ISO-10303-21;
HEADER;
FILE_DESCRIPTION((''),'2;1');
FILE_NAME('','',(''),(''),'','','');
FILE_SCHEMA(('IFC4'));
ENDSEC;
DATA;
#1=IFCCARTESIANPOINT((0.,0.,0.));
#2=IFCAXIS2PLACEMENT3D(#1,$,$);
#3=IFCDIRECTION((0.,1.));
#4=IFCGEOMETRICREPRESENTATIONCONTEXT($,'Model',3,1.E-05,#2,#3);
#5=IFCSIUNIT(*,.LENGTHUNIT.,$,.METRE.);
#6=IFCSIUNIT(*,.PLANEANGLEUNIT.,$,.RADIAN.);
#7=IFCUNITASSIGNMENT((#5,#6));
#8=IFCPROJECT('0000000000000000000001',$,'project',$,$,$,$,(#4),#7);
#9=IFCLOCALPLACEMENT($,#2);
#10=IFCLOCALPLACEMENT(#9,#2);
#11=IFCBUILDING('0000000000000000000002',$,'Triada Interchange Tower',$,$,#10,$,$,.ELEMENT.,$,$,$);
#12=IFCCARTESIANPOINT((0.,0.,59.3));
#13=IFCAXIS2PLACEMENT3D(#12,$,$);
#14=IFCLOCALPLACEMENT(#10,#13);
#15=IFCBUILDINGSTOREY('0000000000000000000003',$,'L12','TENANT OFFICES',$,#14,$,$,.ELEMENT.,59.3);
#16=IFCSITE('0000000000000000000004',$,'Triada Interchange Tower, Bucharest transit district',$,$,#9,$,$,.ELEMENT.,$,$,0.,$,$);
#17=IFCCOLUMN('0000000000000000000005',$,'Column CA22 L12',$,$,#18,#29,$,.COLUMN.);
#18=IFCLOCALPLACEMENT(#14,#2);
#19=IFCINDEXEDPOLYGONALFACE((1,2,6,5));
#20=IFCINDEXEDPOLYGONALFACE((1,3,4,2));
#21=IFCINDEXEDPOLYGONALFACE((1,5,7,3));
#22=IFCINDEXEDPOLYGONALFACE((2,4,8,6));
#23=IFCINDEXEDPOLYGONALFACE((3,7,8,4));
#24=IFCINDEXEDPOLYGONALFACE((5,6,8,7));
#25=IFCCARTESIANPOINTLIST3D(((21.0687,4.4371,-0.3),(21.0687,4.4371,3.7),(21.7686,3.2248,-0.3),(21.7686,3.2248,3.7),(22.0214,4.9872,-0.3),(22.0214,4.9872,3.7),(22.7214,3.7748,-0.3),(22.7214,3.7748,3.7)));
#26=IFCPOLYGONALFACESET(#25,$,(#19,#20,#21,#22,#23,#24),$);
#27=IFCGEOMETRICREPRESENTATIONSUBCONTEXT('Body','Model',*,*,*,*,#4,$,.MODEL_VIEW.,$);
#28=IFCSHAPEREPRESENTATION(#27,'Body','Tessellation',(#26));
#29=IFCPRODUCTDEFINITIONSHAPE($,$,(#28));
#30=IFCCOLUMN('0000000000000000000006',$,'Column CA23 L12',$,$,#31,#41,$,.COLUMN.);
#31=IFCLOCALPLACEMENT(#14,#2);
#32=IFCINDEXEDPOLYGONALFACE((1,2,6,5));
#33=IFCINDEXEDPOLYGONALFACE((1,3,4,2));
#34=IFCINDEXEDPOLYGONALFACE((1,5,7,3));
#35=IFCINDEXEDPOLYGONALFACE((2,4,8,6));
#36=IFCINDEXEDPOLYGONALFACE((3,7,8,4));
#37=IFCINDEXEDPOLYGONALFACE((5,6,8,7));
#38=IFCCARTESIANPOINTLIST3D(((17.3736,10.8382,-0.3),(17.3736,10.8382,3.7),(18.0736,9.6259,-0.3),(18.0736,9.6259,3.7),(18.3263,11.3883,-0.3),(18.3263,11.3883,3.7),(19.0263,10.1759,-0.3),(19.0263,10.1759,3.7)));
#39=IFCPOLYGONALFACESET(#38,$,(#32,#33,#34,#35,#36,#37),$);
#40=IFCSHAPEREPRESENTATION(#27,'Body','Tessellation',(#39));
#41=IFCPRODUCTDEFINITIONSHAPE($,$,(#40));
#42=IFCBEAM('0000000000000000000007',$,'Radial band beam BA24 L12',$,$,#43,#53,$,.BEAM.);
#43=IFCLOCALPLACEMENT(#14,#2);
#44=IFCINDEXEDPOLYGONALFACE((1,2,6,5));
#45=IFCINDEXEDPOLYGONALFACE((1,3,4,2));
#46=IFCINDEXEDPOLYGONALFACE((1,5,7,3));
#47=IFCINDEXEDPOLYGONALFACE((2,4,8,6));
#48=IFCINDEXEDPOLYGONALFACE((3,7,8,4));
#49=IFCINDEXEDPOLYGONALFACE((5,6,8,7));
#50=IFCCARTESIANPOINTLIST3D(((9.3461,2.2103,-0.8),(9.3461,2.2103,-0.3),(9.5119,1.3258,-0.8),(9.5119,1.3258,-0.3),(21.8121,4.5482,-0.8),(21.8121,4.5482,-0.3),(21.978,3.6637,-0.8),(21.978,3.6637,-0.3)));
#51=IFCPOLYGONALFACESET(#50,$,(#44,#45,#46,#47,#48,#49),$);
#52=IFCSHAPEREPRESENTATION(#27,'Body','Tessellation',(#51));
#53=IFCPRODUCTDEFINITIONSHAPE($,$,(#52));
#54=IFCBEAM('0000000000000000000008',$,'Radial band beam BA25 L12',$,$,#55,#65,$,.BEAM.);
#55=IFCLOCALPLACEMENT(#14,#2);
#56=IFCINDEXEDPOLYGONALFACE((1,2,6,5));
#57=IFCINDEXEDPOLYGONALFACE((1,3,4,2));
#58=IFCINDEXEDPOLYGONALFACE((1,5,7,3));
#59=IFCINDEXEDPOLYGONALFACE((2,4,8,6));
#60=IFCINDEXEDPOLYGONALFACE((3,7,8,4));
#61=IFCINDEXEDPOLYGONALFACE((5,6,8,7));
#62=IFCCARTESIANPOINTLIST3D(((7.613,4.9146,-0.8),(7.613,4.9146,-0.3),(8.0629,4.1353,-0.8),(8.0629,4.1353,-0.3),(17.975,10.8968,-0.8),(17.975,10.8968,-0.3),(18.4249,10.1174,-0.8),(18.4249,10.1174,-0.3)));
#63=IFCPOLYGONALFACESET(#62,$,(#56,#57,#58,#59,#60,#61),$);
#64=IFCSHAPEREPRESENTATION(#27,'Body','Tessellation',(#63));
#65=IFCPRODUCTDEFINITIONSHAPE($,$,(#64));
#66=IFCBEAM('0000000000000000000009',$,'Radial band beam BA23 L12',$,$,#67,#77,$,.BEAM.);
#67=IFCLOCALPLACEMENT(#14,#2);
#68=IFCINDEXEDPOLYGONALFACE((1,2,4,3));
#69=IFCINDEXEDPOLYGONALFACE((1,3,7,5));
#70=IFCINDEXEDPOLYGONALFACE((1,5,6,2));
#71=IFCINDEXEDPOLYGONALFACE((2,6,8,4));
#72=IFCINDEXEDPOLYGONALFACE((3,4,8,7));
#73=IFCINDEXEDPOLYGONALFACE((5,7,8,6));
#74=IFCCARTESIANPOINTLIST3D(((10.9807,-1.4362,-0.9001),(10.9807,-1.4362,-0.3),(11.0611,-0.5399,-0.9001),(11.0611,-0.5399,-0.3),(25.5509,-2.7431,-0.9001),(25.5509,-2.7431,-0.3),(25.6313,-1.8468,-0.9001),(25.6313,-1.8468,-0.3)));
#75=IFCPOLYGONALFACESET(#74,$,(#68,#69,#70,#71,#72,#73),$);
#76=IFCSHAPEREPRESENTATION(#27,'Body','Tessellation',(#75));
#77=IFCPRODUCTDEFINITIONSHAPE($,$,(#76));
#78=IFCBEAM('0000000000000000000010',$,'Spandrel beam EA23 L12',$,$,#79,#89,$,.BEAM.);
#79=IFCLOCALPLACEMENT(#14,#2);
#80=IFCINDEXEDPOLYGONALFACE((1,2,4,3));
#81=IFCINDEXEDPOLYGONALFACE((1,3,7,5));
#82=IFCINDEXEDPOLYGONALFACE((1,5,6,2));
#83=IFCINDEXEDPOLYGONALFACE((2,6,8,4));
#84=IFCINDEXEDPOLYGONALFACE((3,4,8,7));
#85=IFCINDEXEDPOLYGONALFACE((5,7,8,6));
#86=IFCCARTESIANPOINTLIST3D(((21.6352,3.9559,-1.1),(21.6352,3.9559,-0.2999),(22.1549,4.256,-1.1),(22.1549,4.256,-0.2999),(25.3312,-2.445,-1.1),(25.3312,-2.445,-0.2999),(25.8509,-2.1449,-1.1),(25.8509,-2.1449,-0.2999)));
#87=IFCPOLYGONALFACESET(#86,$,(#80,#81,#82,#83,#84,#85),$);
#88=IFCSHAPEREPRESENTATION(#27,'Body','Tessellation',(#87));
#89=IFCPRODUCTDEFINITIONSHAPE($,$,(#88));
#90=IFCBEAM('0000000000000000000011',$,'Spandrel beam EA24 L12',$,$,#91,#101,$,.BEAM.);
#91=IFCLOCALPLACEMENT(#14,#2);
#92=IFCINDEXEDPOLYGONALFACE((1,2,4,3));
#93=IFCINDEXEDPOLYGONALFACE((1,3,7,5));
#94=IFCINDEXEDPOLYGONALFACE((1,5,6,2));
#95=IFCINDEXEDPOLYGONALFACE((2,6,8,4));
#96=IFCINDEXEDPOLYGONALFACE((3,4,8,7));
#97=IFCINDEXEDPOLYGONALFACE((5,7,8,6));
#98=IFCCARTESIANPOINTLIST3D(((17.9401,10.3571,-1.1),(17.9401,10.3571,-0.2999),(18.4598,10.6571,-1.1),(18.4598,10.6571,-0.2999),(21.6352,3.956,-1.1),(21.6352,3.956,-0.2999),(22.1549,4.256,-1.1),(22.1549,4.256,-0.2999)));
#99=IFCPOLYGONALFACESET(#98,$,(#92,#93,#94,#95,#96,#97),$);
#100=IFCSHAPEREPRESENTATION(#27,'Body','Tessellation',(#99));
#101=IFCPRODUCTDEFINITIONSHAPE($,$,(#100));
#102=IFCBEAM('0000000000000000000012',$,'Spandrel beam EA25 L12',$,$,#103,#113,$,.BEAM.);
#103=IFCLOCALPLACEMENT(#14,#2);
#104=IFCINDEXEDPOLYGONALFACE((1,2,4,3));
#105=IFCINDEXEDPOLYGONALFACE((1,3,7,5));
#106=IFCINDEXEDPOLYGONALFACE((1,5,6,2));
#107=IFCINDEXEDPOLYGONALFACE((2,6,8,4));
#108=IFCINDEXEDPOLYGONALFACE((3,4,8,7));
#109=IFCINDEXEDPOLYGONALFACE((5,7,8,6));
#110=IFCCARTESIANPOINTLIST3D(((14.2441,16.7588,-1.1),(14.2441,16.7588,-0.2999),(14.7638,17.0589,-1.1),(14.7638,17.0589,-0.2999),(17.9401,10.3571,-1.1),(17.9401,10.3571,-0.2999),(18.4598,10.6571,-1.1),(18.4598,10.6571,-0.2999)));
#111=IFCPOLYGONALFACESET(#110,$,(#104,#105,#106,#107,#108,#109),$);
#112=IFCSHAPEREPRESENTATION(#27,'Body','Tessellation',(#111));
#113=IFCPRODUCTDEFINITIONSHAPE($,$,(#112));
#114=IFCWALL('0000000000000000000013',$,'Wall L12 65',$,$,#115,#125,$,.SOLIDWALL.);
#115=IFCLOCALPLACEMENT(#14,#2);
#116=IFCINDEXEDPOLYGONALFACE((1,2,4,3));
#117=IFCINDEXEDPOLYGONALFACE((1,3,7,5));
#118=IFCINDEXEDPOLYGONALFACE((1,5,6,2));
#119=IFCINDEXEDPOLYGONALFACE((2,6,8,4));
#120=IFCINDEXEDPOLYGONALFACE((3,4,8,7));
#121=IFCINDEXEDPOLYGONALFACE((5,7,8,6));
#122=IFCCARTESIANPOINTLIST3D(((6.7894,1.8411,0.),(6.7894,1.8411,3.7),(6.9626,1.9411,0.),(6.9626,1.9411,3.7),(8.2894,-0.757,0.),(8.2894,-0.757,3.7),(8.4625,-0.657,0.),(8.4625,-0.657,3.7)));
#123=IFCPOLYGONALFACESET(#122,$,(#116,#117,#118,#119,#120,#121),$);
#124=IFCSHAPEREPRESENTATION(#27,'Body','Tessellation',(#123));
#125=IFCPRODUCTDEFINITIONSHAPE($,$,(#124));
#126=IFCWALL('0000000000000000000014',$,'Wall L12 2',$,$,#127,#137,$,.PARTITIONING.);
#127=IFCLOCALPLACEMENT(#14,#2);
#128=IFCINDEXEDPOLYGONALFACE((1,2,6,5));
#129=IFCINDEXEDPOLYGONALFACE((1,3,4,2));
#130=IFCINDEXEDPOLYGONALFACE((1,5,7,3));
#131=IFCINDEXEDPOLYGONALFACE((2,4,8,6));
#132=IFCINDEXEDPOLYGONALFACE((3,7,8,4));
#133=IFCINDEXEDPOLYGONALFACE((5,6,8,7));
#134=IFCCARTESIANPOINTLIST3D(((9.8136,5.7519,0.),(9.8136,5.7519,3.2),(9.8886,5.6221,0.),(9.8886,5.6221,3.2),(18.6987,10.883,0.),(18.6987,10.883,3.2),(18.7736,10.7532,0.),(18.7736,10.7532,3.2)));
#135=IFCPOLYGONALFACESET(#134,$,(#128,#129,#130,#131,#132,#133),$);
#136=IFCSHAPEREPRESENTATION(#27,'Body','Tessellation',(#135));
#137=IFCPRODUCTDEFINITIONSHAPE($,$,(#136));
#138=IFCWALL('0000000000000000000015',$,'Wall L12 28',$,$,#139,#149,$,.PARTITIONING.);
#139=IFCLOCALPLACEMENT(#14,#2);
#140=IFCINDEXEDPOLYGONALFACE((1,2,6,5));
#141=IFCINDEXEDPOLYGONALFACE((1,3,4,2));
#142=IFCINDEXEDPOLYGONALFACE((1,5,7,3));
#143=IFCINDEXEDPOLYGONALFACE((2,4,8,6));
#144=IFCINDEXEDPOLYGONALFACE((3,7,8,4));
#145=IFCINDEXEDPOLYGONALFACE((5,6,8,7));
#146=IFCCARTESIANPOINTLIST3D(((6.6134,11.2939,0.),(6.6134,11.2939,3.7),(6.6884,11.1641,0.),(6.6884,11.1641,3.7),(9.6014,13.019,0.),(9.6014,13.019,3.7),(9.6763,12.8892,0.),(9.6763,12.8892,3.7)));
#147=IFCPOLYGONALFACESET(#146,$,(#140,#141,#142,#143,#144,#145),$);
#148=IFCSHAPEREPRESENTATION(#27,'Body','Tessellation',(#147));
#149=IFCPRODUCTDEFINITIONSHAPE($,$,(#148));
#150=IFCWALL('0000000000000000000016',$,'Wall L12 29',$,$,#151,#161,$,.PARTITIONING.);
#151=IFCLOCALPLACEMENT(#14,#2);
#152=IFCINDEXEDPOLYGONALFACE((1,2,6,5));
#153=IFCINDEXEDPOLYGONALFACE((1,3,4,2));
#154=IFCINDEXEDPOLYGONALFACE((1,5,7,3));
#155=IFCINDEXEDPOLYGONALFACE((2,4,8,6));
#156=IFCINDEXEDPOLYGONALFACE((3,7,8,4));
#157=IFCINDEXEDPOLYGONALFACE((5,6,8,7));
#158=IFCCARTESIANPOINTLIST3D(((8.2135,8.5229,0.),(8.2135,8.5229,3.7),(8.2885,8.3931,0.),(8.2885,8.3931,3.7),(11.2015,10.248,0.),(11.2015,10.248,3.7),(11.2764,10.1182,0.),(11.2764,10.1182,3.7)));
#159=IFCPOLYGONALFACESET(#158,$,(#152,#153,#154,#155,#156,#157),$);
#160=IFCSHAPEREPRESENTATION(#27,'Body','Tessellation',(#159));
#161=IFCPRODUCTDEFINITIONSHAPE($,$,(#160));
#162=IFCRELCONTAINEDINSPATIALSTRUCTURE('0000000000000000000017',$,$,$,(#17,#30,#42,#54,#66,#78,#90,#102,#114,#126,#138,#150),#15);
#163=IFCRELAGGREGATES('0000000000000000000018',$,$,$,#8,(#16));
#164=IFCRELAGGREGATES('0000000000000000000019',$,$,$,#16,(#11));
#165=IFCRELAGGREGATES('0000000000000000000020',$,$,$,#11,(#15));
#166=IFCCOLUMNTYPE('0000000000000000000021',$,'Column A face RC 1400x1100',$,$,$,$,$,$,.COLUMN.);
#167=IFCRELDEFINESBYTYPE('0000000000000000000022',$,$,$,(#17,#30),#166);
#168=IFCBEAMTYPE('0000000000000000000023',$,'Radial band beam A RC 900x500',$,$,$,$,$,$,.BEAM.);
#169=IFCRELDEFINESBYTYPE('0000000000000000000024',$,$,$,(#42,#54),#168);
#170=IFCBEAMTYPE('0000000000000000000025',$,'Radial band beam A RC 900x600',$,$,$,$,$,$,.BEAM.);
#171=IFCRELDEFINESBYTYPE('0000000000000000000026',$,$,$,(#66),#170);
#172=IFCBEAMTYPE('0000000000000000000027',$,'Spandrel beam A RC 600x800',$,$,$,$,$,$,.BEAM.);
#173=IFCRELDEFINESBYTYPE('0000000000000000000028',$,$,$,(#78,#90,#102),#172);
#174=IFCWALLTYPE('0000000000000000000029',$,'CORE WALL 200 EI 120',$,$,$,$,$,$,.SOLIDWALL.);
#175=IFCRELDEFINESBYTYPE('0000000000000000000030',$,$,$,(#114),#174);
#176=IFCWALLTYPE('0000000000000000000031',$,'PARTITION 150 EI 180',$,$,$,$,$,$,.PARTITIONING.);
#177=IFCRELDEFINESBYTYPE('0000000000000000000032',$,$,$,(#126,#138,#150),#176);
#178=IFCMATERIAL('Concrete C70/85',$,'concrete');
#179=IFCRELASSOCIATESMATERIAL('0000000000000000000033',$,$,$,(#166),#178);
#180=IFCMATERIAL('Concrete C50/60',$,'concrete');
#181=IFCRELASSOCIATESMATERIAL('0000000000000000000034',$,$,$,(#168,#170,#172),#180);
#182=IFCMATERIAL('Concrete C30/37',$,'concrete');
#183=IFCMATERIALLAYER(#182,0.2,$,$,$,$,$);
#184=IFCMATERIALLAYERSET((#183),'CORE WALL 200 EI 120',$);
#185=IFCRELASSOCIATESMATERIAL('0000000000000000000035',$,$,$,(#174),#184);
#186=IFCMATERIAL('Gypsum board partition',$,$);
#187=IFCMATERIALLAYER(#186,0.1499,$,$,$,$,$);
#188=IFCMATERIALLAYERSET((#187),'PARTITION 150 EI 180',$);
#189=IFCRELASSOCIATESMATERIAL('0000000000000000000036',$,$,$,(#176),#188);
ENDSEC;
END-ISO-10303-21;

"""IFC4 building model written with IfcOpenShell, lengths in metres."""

from ifc_helpers import new_model, si_unit, direction, frame, frame_2d, origin, origin_2d, place, context, subcontext, project, spatial, rectangle, extrude, material, layer, layer_set, material_profile, profile_set, type_object, element, save


model = new_model("IFC4")

# Units and contexts
model_context = context("Model", 3, precision=1e-05, world=origin(), true_north=direction((0.0, 1.0)))
body_context = subcontext(model_context, "Body", "Model", "MODEL_VIEW")
ifc_project = project(units=[si_unit("LENGTHUNIT", "METRE"), si_unit("PLANEANGLEUNIT", "RADIAN")], contexts=[model_context])

# Site, building, storey
site_placement = place(None, origin())
site = spatial("IfcSite", under=ifc_project, at=site_placement, Name="Triada Interchange Tower, Bucharest transit district", CompositionType="ELEMENT", RefElevation=0.0)
building_placement = place(site_placement, origin())
building = spatial("IfcBuilding", under=site, at=building_placement, Name="Triada Interchange Tower", CompositionType="ELEMENT")
storey_placement = place(building_placement, frame((0.0, 0.0, 59.3)))
storey = spatial("IfcBuildingStorey", under=building, at=storey_placement, Name="L12", Description="TENANT OFFICES", CompositionType="ELEMENT", Elevation=59.3)

# Columns
ifc_material_1 = material(Name="Concrete C70/85", Category="concrete")
ifc_material_profile_1 = material_profile(ifc_material_1, rectangle(XDim=1.3999, YDim=1.1001, at=origin_2d()), Name="RC 1400x1100")
ifc_profile_set_1 = profile_set([ifc_material_profile_1], Name="Concrete C70/85")
column_type = type_object("IfcColumnType", Name="Column A face RC 1400x1100", PredefinedType="COLUMN", material=ifc_profile_set_1)
for number, where, z_axis, x_axis, name in (
    (1, (21.895, 4.106, -0.3), (0.0, 0.0, 1.0), (-0.5, 0.866025, 0.0), "Column CA22 L12"),
    (2, (18.2, 10.5071, -0.3), (0.0, 0.0, 1.0), (-0.5, 0.866025, 0.0), "Column CA23 L12"),
):
    element("IfcColumn", number, at=place(storey_placement, frame(where, z_axis=z_axis, x_axis=x_axis)), inside=storey, type_object=column_type, Name=name, PredefinedType="COLUMN", context=body_context, shape_type="SweptSolid", body=[
        extrude(rectangle(XDim=1.3999, YDim=1.1001, at=origin_2d()), origin(), (0.0, 0.0, 1.0), 4.0),
    ])

# Beams
ifc_material_2 = material(Name="Concrete C50/60", Category="concrete")
ifc_material_profile_2 = material_profile(ifc_material_2, rectangle(XDim=0.8999, YDim=0.5, at=origin_2d()), Name="RC 900x500")
ifc_profile_set_2 = profile_set([ifc_material_profile_2], Name="Concrete C50/60")
beam_type_1 = type_object("IfcBeamType", Name="Radial band beam A RC 900x500", PredefinedType="BEAM", material=ifc_profile_set_2)
beam_1_placement = place(storey_placement, frame((21.895, 4.106, -0.55), z_axis=(-0.982865, -0.184327, 0.0), x_axis=(0.184327, -0.982865, 0.0)))
element("IfcBeam", 3, at=beam_1_placement, inside=storey, type_object=beam_type_1, Name="Radial band beam BA24 L12", PredefinedType="BEAM", context=body_context, shape_type="SweptSolid", body=[
    extrude(rectangle(XDim=0.8999, YDim=0.5, at=origin_2d()), origin(), (0.0, 0.0, 1.0), 12.6833),
])
beam_2_placement = place(storey_placement, frame((18.2, 10.5071, -0.55), z_axis=(-0.866038, -0.499977, 0.0), x_axis=(0.499977, -0.866038, 0.0)))
element("IfcBeam", 4, at=beam_2_placement, inside=storey, type_object=beam_type_1, Name="Radial band beam BA25 L12", PredefinedType="BEAM", context=body_context, shape_type="SweptSolid", body=[
    extrude(rectangle(XDim=0.8999, YDim=0.5, at=origin_2d()), origin(), (0.0, 0.0, 1.0), 11.9648),
])
ifc_material_profile_3 = material_profile(ifc_material_2, rectangle(XDim=0.8999, YDim=0.6001, at=origin_2d()), Name="RC 900x600")
ifc_profile_set_3 = profile_set([ifc_material_profile_3], Name="Concrete C50/60")
beam_type_2 = type_object("IfcBeamType", Name="Radial band beam A RC 900x600", PredefinedType="BEAM", material=ifc_profile_set_3)
beam_3_placement = place(storey_placement, frame((25.5911, -2.2949, -0.6001), z_axis=(-0.996001, 0.089338, 0.0), x_axis=(-0.089338, -0.996001, 0.0)))
element("IfcBeam", 5, at=beam_3_placement, inside=storey, type_object=beam_type_2, Name="Radial band beam BA23 L12", PredefinedType="BEAM", context=body_context, shape_type="SweptSolid", body=[
    extrude(rectangle(XDim=0.8999, YDim=0.6001, at=origin_2d()), origin(), (0.0, 0.0, 1.0), 14.6287),
])
ifc_material_profile_4 = material_profile(ifc_material_2, rectangle(XDim=0.6001, YDim=0.8, at=origin_2d()), Name="RC 600x800")
ifc_profile_set_4 = profile_set([ifc_material_profile_4], Name="Concrete C50/60")
beam_type_3 = type_object("IfcBeamType", Name="Spandrel beam A RC 600x800", PredefinedType="BEAM", material=ifc_profile_set_4)
beam_4_placement = place(storey_placement, frame((25.5911, -2.2949, -0.7), z_axis=(-0.50005, 0.865996, 0.0), x_axis=(-0.865996, -0.50005, 0.0)))
element("IfcBeam", 6, at=beam_4_placement, inside=storey, type_object=beam_type_3, Name="Spandrel beam EA23 L12", PredefinedType="BEAM", context=body_context, shape_type="SweptSolid", body=[
    extrude(rectangle(XDim=0.6001, YDim=0.8, at=origin_2d()), origin(), (0.0, 0.0, 1.0), 7.3914),
])
beam_5_placement = place(storey_placement, frame((21.895, 4.106, -0.7), z_axis=(-0.499937, 0.866062, 0.0), x_axis=(-0.866062, -0.499937, 0.0)))
element("IfcBeam", 7, at=beam_5_placement, inside=storey, type_object=beam_type_3, Name="Spandrel beam EA24 L12", PredefinedType="BEAM", context=body_context, shape_type="SweptSolid", body=[
    extrude(rectangle(XDim=0.6001, YDim=0.8, at=origin_2d()), origin(), (0.0, 0.0, 1.0), 7.3911),
])
beam_6_placement = place(storey_placement, frame((18.2, 10.5071, -0.7), z_axis=(-0.499993, 0.866029, 0.0), x_axis=(-0.866029, -0.499993, 0.0)))
element("IfcBeam", 8, at=beam_6_placement, inside=storey, type_object=beam_type_3, Name="Spandrel beam EA25 L12", PredefinedType="BEAM", context=body_context, shape_type="SweptSolid", body=[
    extrude(rectangle(XDim=0.6001, YDim=0.8, at=origin_2d()), origin(), (0.0, 0.0, 1.0), 7.3921),
])

# Walls
ifc_material_3 = material(Name="Concrete C30/37", Category="concrete")
ifc_layer_1 = layer(ifc_material_3, 0.2)
ifc_layer_set_1 = layer_set([ifc_layer_1], Name="CORE WALL 200 EI 120")
wall_type_1 = type_object("IfcWallType", Name="CORE WALL 200 EI 120", PredefinedType="SOLIDWALL", material=ifc_layer_set_1)
wall_1_placement = place(storey_placement, frame((6.876, 1.8911, 0.0), z_axis=(0.0, 0.0, 1.0), x_axis=(0.49999, -0.866031, 0.0)))
element("IfcWall", 9, at=wall_1_placement, inside=storey, type_object=wall_type_1, Name="Wall L12 65", PredefinedType="SOLIDWALL", context=body_context, shape_type="SweptSolid", body=[
    extrude(rectangle(XDim=3.0, YDim=0.2, at=frame_2d((1.5, 0.0))), origin(), (0.0, 0.0, 1.0), 3.7),
])
ifc_material_4 = material(Name="Gypsum board partition")
ifc_layer_2 = layer(ifc_material_4, 0.1499)
ifc_layer_set_2 = layer_set([ifc_layer_2], Name="PARTITION 150 EI 180")
wall_type_2 = type_object("IfcWallType", Name="PARTITION 150 EI 180", PredefinedType="PARTITIONING", material=ifc_layer_set_2)
wall_2_placement = place(storey_placement, frame((9.8511, 5.687, 0.0), z_axis=(0.0, 0.0, 1.0), x_axis=(0.865969, 0.500098, 0.0)))
element("IfcWall", 10, at=wall_2_placement, inside=storey, type_object=wall_type_2, Name="Wall L12 2", PredefinedType="PARTITIONING", context=body_context, shape_type="SweptSolid", body=[
    extrude(rectangle(XDim=10.2603, YDim=0.1499, at=frame_2d((5.1301, 0.0))), origin(), (0.0, 0.0, 1.0), 3.2),
])
for number, where, z_axis, x_axis, name in (
    (11, (6.6509, 11.229, 0.0), (0.0, 0.0, 1.0), (0.866031, 0.49999, 0.0), "Wall L12 28"),
    (12, (8.251, 8.458, 0.0), (0.0, 0.0, 1.0), (0.866031, 0.49999, 0.0), "Wall L12 29"),
):
    element("IfcWall", number, at=place(storey_placement, frame(where, z_axis=z_axis, x_axis=x_axis)), inside=storey, type_object=wall_type_2, Name=name, PredefinedType="PARTITIONING", context=body_context, shape_type="SweptSolid", body=[
        extrude(rectangle(XDim=3.4502, YDim=0.1499, at=frame_2d((1.7251, 0.0))), origin(), (0.0, 0.0, 1.0), 3.7),
    ])

save(model, "model.ifc")
